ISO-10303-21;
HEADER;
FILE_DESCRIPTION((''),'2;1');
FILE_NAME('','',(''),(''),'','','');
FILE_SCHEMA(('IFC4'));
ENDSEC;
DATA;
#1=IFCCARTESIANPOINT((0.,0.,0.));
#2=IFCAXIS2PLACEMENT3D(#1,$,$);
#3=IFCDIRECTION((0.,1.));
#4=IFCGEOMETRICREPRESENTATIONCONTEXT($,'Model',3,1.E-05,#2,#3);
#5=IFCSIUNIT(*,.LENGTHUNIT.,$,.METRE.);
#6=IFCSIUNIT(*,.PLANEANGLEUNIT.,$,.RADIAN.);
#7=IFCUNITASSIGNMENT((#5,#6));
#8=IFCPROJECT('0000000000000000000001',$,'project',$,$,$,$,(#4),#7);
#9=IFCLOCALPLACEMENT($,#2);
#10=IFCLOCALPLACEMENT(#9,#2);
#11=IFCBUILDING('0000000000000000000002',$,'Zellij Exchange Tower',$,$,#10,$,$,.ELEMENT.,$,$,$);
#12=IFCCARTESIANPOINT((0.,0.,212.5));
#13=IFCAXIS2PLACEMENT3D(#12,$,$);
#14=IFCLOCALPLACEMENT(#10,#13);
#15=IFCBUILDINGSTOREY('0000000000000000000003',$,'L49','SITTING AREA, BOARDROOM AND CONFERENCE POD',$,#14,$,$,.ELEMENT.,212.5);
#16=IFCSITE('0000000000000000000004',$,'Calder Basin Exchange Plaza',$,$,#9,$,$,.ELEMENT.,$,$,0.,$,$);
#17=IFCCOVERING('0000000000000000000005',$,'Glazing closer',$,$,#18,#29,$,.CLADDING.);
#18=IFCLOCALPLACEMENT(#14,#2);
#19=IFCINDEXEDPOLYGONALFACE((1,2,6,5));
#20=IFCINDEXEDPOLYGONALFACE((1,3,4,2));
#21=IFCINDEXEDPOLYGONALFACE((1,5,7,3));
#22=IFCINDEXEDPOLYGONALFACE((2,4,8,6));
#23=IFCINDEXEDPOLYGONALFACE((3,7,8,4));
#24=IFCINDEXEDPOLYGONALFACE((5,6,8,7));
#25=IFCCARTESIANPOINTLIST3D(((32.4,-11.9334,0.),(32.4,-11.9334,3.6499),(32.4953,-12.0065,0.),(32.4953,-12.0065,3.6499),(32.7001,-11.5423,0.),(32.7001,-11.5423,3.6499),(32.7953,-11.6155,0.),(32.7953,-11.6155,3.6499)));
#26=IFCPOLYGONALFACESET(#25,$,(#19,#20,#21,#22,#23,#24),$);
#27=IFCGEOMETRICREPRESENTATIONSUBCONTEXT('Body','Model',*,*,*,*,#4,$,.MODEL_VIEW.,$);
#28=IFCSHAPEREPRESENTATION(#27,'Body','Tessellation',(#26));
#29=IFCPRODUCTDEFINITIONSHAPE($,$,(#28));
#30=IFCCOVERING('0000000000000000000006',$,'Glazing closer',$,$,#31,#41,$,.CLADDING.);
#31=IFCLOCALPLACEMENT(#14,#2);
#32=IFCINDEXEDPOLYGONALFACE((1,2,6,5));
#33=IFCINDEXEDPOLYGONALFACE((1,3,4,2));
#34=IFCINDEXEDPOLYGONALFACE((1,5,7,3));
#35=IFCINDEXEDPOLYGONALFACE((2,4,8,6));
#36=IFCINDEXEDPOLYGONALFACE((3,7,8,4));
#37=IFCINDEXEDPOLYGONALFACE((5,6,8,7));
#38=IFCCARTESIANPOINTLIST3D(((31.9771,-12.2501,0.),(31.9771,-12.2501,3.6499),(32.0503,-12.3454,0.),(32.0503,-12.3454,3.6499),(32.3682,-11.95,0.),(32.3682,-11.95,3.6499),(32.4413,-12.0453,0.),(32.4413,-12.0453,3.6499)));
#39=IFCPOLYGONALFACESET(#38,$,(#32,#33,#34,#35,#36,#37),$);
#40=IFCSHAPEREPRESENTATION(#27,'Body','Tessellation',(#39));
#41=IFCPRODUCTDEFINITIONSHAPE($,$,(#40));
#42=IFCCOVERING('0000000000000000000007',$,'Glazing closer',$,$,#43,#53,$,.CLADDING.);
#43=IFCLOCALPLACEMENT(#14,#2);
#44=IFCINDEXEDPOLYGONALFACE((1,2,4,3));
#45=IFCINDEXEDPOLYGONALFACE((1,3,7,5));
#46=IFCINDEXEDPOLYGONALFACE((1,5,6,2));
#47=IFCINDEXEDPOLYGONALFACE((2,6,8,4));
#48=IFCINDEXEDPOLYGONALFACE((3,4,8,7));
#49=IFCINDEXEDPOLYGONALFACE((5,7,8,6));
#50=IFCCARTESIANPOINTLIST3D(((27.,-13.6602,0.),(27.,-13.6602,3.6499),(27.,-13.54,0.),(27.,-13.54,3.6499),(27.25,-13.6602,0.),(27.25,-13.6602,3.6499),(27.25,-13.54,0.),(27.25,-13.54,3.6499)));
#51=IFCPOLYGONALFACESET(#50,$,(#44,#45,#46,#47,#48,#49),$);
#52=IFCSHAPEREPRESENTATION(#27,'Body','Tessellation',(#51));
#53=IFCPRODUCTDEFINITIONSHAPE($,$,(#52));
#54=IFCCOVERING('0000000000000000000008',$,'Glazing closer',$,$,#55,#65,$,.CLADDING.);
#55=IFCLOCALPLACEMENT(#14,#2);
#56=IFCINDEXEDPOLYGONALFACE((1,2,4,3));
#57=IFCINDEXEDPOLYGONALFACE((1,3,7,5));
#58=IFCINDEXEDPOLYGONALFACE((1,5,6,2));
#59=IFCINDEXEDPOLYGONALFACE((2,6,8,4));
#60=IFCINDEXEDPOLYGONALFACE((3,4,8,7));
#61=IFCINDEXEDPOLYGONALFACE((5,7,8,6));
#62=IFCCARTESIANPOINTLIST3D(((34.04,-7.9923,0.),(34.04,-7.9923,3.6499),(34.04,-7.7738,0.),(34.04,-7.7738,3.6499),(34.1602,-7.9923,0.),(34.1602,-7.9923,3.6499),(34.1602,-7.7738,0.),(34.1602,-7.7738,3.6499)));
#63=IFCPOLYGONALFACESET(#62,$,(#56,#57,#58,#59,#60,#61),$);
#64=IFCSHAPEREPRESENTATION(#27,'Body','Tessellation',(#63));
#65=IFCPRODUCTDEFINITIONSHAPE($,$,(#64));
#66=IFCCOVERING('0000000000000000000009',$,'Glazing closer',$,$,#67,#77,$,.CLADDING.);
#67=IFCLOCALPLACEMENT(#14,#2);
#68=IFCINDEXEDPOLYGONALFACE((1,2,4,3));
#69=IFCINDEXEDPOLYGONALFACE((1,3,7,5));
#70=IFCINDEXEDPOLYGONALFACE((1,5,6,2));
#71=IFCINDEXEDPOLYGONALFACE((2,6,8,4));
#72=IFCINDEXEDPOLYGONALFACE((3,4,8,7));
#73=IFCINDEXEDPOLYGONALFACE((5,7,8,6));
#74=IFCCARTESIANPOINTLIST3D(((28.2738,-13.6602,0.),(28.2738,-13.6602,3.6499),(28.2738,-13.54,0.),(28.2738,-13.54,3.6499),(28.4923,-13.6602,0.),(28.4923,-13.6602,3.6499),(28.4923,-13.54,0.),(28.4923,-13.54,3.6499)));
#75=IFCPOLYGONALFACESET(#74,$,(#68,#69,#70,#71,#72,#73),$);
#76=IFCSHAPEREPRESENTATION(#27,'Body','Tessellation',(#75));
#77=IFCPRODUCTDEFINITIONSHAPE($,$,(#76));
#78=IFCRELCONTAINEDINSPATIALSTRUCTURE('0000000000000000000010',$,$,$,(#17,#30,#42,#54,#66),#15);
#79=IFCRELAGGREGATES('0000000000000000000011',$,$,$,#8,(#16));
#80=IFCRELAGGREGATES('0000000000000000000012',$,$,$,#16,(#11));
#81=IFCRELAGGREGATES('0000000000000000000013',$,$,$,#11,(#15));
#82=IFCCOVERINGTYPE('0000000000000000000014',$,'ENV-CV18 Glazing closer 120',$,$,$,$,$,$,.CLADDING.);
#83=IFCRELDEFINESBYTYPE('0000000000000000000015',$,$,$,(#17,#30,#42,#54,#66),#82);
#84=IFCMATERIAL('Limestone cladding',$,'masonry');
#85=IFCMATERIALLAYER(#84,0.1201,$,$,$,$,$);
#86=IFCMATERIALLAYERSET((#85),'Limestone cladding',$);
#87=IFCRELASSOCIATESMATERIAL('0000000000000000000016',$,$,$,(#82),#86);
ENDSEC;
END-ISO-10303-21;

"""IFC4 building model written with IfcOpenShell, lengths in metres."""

from ifc_helpers import new_model, si_unit, direction, frame, origin, origin_2d, place, context, subcontext, project, spatial, rectangle, extrude, material, layer, layer_set, type_object, element, save


model = new_model("IFC4")

# Units and contexts
model_context = context("Model", 3, precision=1e-05, world=origin(), true_north=direction((0.0, 1.0)))
body_context = subcontext(model_context, "Body", "Model", "MODEL_VIEW")
ifc_project = project(units=[si_unit("LENGTHUNIT", "METRE"), si_unit("PLANEANGLEUNIT", "RADIAN")], contexts=[model_context])

# Site, building, storey
site_placement = place(None, origin())
site = spatial("IfcSite", under=ifc_project, at=site_placement, Name="Calder Basin Exchange Plaza", CompositionType="ELEMENT", RefElevation=0.0)
building_placement = place(site_placement, origin())
building = spatial("IfcBuilding", under=site, at=building_placement, Name="Zellij Exchange Tower", CompositionType="ELEMENT")
storey_placement = place(building_placement, frame((0.0, 0.0, 212.5)))
storey = spatial("IfcBuildingStorey", under=building, at=storey_placement, Name="L49", Description="SITTING AREA, BOARDROOM AND CONFERENCE POD", CompositionType="ELEMENT", Elevation=212.5)

# Coverings
ifc_material_1 = material(Name="Limestone cladding", Category="masonry")
ifc_layer_1 = layer(ifc_material_1, 0.1201)
ifc_layer_set_1 = layer_set([ifc_layer_1], Name="Limestone cladding")
covering_type = type_object("IfcCoveringType", Name="ENV-CV18 Glazing closer 120", PredefinedType="CLADDING", material=ifc_layer_set_1)
for number, where, z_axis, x_axis, name in (
    (1, (32.5977, -11.7744, 0.0), (0.0, 0.0, 1.0), (-0.60881, -0.793316, 0.0), "Glazing closer"),
    (2, (32.2092, -12.1477, 0.0), (0.0, 0.0, 1.0), (0.793316, 0.60881, 0.0), "Glazing closer"),
):
    element("IfcCovering", number, at=place(storey_placement, frame(where, z_axis=z_axis, x_axis=x_axis)), inside=storey, type_object=covering_type, Name=name, PredefinedType="CLADDING", context=body_context, shape_type="SweptSolid", body=[
        extrude(rectangle(XDim=0.4929, YDim=0.1201, at=origin_2d()), origin(), (0.0, 0.0, 1.0), 3.6499),
    ])
covering_placement = place(storey_placement, frame((27.125, -13.6001, 0.0), z_axis=(0.0, 0.0, 1.0), x_axis=(-1.0, 0.0, 0.0)))
element("IfcCovering", 3, at=covering_placement, inside=storey, type_object=covering_type, Name="Glazing closer", PredefinedType="CLADDING", context=body_context, shape_type="SweptSolid", body=[
    extrude(rectangle(XDim=0.25, YDim=0.1201, at=origin_2d()), origin(), (0.0, 0.0, 1.0), 3.6499),
])
for number, where, z_axis, x_axis, name in (
    (4, (34.1001, -7.8831, 0.0), (0.0, 0.0, 1.0), (0.0, -1.0, 0.0), "Glazing closer"),
    (5, (28.3831, -13.6001, 0.0), (0.0, 0.0, 1.0), (1.0, 0.0, 0.0), "Glazing closer"),
):
    element("IfcCovering", number, at=place(storey_placement, frame(where, z_axis=z_axis, x_axis=x_axis)), inside=storey, type_object=covering_type, Name=name, PredefinedType="CLADDING", context=body_context, shape_type="SweptSolid", body=[
        extrude(rectangle(XDim=0.2185, YDim=0.1201, at=origin_2d()), origin(), (0.0, 0.0, 1.0), 3.6499),
    ])

save(model, "model.ifc")
